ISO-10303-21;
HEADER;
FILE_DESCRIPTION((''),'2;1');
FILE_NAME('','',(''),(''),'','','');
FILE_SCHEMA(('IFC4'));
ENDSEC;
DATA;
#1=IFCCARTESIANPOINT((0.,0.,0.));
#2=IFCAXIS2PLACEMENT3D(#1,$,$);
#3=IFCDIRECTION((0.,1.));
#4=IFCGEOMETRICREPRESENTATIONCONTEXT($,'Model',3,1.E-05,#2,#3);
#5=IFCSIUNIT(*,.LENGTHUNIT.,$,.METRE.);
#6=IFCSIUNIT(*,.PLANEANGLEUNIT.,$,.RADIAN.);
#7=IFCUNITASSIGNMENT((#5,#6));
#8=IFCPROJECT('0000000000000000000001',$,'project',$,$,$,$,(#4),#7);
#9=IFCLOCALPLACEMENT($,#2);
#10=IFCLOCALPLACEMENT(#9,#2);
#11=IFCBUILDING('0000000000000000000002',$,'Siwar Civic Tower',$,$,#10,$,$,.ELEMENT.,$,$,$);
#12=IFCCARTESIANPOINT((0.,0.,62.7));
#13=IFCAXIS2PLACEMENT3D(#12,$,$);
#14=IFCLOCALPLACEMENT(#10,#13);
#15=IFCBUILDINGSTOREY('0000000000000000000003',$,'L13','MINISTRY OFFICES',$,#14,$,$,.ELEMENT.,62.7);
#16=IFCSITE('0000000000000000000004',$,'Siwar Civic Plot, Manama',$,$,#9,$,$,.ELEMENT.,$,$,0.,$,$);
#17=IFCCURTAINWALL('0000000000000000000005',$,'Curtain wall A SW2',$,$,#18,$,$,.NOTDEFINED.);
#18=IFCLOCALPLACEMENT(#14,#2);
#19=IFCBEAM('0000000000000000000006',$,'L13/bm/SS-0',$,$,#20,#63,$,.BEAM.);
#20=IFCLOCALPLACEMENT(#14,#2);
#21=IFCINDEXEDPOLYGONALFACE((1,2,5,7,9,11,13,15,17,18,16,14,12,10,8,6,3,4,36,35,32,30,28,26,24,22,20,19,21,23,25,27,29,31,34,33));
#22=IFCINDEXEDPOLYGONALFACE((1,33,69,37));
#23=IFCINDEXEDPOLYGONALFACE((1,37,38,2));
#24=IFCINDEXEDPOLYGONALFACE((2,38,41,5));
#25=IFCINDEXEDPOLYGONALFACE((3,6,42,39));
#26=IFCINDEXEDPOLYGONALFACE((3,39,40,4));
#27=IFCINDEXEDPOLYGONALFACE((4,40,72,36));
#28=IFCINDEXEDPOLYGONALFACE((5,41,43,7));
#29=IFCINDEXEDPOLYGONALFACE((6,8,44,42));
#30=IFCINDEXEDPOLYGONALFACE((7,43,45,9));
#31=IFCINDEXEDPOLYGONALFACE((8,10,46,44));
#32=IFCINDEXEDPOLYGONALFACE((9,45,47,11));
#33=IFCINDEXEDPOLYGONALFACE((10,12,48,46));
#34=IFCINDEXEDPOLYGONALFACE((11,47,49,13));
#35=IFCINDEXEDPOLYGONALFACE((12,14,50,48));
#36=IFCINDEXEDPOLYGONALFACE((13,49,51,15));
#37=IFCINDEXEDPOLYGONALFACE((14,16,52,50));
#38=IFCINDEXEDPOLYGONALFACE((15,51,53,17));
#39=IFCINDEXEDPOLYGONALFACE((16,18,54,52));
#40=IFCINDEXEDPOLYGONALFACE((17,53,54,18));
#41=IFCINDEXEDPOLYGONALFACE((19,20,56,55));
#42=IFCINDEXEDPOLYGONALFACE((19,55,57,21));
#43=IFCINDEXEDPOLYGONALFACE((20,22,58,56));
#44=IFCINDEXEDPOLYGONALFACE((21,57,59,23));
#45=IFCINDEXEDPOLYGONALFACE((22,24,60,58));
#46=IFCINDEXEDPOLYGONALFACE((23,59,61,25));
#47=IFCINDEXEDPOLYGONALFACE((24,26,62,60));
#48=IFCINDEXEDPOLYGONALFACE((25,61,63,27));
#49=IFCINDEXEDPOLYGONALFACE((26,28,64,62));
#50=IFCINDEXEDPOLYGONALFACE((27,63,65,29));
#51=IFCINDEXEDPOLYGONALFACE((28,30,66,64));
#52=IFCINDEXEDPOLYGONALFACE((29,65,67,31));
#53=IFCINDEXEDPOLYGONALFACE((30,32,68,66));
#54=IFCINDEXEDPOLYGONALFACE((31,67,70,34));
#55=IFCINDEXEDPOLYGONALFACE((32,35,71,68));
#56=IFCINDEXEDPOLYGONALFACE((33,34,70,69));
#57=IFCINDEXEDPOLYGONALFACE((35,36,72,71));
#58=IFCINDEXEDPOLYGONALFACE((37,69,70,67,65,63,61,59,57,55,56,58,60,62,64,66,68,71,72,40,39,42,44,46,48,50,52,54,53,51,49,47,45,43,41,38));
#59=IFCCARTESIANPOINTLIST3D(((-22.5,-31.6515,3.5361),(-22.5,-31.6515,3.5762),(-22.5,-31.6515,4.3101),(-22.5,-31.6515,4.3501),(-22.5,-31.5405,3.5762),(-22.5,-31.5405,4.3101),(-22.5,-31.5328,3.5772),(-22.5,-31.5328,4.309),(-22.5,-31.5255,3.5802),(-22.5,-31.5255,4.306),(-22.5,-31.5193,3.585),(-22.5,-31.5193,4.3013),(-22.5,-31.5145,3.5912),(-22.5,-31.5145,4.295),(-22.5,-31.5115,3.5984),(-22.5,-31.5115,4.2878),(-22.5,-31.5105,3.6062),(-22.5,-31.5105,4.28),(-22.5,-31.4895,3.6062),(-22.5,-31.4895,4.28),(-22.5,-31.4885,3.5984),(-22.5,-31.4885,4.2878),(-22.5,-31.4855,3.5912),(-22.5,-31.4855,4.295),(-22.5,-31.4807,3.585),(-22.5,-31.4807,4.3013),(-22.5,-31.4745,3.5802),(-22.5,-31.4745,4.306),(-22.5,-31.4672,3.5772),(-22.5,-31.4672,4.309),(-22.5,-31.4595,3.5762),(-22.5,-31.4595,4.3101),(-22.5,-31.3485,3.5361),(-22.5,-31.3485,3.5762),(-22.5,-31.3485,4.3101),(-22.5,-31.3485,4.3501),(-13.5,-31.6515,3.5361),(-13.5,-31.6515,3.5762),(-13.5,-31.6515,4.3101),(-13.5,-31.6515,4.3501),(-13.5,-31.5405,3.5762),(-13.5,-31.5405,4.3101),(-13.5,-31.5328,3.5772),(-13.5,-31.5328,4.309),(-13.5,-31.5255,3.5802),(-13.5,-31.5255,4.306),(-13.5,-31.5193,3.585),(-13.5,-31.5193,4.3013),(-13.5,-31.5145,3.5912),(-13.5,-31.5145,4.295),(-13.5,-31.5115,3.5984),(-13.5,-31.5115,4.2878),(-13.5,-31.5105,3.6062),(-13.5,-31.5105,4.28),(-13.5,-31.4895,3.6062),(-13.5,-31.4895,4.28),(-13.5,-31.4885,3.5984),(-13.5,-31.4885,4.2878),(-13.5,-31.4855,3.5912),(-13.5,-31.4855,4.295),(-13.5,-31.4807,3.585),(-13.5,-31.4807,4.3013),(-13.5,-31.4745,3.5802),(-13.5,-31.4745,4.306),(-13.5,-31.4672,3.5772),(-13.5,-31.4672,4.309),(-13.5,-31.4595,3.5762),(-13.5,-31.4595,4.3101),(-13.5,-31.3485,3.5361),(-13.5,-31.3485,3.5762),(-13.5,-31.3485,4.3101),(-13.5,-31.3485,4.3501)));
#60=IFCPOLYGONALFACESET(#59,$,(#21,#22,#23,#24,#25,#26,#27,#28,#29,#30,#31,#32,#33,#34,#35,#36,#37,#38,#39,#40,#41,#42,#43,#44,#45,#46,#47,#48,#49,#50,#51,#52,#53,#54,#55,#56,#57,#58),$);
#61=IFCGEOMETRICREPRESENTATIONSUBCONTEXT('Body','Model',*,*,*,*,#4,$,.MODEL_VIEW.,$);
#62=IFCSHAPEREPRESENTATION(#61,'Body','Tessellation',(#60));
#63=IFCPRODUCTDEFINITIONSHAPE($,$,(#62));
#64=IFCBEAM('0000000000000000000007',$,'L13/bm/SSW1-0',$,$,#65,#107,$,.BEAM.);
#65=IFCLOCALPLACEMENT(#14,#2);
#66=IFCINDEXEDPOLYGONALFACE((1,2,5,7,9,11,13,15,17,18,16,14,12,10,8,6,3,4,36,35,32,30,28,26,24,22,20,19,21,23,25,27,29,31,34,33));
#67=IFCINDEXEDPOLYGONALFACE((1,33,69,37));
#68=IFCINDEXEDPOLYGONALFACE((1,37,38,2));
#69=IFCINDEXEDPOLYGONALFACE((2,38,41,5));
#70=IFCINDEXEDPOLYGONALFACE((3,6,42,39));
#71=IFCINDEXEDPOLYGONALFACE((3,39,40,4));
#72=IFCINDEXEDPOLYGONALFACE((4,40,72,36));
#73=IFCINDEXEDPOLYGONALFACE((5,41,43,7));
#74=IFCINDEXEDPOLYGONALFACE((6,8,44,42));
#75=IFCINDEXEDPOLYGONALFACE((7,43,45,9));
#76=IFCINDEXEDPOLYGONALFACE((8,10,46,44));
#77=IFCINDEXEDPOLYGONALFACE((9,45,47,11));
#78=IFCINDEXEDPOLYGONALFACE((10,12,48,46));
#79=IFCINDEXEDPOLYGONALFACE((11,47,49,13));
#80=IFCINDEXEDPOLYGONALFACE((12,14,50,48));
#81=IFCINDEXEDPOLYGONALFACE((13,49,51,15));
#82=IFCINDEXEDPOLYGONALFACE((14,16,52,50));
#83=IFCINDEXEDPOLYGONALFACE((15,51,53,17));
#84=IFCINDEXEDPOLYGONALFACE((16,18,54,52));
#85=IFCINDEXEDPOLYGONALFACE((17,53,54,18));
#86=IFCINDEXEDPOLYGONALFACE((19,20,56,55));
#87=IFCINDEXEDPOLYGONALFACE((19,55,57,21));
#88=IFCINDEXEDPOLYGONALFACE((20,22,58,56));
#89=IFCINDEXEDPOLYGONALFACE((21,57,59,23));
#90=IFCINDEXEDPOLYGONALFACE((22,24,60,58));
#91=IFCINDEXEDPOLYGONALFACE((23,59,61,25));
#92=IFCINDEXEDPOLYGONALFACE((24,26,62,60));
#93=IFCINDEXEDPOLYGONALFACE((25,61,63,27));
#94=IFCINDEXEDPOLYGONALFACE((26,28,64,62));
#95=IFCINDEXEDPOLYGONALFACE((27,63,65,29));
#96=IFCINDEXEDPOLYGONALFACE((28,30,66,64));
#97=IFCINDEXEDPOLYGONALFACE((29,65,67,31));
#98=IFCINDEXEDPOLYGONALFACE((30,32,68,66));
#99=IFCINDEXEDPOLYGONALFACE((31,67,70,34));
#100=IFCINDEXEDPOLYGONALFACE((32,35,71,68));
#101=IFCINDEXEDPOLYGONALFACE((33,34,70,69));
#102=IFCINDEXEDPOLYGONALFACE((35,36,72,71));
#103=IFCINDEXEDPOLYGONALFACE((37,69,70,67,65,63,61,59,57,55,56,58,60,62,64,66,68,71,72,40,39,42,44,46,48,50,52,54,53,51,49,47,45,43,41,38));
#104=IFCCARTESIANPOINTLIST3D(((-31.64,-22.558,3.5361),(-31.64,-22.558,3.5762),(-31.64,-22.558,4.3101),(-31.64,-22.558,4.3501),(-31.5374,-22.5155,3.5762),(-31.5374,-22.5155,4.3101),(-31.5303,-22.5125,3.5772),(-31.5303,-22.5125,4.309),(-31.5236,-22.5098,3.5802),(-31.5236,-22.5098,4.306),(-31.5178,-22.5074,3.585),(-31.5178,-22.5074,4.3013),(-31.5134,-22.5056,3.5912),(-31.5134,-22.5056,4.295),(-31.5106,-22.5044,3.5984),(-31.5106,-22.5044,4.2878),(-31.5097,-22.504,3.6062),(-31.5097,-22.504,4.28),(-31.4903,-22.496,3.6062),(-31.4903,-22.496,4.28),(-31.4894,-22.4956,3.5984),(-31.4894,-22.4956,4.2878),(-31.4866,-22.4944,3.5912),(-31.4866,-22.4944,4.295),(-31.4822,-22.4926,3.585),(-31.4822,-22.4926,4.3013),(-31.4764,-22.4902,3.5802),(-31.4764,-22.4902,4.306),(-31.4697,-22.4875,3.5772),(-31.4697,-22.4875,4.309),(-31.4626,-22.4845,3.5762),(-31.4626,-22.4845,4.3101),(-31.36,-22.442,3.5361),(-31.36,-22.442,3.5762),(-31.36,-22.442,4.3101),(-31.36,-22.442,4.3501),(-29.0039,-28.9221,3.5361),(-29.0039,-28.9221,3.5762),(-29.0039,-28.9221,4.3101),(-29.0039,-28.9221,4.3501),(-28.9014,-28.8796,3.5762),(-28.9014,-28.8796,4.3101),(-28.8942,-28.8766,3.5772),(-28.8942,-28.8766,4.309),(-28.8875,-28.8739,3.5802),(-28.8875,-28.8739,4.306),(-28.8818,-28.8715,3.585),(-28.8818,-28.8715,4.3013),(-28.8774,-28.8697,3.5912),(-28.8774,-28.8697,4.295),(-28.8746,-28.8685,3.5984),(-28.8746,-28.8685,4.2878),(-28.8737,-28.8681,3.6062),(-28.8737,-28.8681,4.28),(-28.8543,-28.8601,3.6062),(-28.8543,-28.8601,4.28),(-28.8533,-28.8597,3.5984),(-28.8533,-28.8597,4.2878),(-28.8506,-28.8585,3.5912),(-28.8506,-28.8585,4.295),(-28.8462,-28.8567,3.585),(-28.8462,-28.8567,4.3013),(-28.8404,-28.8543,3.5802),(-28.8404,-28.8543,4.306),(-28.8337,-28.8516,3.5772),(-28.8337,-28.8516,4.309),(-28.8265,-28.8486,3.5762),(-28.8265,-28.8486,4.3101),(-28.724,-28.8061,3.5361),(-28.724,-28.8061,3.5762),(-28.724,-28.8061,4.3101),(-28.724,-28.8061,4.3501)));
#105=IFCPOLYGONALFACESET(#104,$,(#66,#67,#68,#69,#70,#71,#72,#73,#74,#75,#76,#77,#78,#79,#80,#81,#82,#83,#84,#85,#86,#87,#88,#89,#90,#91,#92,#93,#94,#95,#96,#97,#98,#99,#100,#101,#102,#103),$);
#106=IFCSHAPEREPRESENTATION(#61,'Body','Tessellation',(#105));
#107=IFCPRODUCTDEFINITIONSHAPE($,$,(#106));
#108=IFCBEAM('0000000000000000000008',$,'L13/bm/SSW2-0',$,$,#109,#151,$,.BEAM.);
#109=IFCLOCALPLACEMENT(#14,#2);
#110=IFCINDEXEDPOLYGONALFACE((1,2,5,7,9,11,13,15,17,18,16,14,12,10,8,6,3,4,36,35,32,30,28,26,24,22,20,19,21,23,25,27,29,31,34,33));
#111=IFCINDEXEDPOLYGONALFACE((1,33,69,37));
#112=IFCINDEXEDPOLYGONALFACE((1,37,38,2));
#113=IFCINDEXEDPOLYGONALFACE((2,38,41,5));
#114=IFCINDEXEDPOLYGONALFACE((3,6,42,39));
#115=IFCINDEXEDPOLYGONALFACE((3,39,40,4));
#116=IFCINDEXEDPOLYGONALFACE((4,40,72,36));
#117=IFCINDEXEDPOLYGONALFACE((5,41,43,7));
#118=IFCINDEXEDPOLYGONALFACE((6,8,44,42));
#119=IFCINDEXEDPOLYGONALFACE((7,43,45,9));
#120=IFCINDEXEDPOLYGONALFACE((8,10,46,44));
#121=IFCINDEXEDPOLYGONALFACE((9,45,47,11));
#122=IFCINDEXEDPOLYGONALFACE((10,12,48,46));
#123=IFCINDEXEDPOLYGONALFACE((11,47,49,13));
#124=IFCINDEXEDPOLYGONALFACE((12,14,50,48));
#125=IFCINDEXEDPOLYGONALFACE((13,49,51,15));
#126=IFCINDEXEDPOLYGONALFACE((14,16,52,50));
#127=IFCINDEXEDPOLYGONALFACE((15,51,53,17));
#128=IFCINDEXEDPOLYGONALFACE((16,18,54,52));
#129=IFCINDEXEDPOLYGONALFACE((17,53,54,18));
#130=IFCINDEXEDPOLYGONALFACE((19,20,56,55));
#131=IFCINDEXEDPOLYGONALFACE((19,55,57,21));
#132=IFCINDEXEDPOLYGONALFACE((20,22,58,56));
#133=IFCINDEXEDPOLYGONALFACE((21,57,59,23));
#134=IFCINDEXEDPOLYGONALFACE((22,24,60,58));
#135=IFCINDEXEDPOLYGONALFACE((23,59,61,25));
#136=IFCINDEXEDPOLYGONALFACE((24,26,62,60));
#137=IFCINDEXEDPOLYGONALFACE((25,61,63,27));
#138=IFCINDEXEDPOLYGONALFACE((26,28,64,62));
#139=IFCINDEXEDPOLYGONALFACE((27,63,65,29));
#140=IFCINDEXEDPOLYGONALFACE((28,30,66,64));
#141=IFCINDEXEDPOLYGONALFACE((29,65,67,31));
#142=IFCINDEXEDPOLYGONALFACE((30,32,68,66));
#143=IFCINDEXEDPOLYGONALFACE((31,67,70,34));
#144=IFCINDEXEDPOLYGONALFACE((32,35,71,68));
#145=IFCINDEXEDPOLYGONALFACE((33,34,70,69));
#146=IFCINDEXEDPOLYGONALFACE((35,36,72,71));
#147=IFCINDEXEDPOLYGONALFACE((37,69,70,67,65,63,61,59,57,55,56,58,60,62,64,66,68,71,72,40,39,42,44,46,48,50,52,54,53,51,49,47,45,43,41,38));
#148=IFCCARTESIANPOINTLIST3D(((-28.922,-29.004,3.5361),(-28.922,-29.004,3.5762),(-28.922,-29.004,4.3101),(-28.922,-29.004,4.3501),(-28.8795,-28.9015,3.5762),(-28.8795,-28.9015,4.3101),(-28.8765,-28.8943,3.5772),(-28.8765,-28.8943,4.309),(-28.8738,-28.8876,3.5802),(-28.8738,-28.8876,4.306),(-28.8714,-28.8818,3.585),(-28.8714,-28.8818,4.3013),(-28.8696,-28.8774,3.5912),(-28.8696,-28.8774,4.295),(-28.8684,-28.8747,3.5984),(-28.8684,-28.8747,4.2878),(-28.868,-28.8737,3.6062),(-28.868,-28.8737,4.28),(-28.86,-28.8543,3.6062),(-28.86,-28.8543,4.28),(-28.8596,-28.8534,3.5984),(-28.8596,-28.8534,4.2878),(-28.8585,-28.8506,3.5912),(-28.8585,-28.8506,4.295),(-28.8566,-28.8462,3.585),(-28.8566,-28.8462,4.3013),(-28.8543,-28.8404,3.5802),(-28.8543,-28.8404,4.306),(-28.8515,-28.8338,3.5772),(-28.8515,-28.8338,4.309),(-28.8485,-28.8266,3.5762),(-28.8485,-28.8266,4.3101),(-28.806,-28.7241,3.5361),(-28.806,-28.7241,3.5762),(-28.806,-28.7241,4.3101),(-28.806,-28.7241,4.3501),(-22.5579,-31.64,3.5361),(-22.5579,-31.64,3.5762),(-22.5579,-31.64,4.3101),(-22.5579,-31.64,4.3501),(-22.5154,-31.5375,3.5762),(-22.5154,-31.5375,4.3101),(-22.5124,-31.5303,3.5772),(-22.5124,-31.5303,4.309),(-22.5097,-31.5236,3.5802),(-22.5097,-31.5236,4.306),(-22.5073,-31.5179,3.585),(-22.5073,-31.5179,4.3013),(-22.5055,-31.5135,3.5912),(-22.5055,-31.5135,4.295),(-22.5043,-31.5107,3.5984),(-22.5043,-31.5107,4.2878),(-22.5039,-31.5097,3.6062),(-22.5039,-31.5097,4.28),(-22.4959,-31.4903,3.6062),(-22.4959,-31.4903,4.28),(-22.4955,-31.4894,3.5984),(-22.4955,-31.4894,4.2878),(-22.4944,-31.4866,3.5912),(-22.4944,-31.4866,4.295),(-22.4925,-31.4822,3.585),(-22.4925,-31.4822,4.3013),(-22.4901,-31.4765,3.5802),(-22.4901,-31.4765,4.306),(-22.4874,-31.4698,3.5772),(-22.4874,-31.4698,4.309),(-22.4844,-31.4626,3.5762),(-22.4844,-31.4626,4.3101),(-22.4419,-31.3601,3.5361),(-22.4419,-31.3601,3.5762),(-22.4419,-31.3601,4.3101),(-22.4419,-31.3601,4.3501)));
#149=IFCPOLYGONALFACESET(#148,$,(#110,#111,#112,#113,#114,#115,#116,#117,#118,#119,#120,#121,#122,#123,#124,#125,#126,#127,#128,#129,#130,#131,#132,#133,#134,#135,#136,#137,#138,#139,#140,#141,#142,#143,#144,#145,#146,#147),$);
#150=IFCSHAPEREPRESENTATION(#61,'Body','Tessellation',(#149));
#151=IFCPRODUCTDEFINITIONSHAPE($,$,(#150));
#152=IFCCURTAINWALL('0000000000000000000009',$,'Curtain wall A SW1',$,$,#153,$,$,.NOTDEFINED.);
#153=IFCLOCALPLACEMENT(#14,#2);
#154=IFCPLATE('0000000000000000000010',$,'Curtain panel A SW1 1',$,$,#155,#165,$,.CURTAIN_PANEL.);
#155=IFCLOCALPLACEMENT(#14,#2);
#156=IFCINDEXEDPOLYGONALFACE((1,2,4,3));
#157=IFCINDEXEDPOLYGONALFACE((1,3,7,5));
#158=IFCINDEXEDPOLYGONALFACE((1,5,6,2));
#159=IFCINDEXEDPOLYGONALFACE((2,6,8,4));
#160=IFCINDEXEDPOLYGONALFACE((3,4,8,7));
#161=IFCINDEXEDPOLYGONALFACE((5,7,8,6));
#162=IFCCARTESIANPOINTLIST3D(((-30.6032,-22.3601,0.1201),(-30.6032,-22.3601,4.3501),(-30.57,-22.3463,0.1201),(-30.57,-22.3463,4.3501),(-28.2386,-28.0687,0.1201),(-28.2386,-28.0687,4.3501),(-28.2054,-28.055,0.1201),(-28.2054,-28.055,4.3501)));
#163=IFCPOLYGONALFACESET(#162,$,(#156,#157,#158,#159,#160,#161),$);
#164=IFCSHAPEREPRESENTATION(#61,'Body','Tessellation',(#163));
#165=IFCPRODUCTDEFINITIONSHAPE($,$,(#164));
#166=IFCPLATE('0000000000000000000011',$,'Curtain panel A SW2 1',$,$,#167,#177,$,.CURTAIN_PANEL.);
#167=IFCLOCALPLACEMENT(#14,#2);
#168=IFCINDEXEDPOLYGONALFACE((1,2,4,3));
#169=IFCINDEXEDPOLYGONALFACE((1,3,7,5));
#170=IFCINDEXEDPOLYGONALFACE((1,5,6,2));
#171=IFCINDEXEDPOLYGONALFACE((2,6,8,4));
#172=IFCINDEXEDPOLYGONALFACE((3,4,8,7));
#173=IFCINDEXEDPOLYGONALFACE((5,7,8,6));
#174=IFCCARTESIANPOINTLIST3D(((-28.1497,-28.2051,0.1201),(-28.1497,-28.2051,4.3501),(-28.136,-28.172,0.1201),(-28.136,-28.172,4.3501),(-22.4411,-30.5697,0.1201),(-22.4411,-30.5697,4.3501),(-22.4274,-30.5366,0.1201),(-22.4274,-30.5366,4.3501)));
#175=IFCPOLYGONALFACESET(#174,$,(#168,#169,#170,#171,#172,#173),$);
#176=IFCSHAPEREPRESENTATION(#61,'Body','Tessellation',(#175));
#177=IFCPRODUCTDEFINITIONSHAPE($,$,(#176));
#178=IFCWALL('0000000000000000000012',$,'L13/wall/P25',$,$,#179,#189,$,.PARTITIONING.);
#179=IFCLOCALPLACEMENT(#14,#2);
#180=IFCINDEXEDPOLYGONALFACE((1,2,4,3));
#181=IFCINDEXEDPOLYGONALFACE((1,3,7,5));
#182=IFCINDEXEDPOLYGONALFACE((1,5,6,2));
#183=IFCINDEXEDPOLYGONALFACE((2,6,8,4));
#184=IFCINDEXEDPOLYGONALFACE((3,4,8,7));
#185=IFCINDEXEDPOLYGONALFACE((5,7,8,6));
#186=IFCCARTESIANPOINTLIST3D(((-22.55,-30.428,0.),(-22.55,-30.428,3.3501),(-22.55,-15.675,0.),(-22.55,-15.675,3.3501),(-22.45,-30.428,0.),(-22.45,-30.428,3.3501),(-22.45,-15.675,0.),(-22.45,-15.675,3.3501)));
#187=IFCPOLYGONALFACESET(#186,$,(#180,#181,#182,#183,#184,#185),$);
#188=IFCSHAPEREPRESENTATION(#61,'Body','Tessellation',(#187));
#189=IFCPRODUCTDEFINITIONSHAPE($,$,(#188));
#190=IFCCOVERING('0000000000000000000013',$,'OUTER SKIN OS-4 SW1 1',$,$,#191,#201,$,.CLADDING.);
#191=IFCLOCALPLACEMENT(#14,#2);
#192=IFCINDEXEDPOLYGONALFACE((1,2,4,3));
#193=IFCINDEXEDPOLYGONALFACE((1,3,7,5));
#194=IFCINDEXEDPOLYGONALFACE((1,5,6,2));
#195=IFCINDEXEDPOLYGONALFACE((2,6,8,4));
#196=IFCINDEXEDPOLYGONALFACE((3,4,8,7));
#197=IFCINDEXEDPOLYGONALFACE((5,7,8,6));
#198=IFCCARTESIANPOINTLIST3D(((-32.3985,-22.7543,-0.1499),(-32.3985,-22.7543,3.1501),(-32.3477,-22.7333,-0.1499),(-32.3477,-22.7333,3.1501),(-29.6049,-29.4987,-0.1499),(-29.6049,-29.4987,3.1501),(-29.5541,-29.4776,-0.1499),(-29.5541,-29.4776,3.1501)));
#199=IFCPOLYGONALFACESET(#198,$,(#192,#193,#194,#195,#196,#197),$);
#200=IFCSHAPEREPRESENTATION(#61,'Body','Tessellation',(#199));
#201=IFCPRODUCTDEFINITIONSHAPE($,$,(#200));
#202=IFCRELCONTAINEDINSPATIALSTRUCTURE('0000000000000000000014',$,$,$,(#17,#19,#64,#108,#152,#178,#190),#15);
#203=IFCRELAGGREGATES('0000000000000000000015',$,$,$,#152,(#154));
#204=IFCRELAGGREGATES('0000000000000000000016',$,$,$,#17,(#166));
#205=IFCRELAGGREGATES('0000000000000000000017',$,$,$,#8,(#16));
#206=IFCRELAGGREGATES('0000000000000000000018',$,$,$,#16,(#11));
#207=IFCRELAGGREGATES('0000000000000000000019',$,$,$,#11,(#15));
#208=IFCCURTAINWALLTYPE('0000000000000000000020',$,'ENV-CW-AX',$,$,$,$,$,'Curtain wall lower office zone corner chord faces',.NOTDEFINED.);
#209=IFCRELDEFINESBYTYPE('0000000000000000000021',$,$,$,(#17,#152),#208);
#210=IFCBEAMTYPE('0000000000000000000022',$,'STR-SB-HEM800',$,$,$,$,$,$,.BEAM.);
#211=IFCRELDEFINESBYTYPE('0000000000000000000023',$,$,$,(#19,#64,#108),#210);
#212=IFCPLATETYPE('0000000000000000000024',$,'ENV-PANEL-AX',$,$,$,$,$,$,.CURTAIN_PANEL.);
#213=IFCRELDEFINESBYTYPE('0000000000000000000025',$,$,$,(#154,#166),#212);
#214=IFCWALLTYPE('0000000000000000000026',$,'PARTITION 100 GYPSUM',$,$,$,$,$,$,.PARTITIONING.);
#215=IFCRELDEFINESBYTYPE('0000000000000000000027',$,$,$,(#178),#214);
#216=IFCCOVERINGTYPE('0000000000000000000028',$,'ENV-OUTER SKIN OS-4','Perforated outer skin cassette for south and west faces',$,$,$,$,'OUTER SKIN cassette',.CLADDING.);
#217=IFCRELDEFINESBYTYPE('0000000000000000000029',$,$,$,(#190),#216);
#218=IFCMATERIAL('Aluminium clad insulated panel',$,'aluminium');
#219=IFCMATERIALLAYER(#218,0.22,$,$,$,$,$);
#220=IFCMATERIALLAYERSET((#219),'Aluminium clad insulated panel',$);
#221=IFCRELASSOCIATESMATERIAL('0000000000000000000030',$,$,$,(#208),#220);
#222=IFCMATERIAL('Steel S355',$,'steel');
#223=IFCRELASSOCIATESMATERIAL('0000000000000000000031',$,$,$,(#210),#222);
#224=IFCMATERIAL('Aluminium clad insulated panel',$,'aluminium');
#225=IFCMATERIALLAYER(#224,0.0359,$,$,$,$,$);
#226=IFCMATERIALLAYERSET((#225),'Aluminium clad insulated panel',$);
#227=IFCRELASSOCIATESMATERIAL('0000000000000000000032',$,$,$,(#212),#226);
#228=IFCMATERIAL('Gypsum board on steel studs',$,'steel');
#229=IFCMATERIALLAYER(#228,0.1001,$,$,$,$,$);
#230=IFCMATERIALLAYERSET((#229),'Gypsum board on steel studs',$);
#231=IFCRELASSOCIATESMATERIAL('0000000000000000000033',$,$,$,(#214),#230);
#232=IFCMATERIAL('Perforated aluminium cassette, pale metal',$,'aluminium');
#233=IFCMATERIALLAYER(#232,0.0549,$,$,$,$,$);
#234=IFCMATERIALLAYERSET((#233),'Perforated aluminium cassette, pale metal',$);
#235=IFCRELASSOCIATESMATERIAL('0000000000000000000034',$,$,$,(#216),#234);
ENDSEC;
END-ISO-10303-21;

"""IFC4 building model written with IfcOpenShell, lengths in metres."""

from ifc_helpers import new_model, si_unit, direction, frame, frame_2d, origin, origin_2d, place, context, subcontext, project, spatial, rectangle, i_section, extrude, material, layer, layer_set, material_profile, profile_set, type_object, element, aggregate, save


model = new_model("IFC4")

# Units and contexts
model_context = context("Model", 3, precision=1e-05, world=origin(), true_north=direction((0.0, 1.0)))
body_context = subcontext(model_context, "Body", "Model", "MODEL_VIEW")
ifc_project = project(units=[si_unit("LENGTHUNIT", "METRE"), si_unit("PLANEANGLEUNIT", "RADIAN")], contexts=[model_context])

# Site, building, storey
site_placement = place(None, origin())
site = spatial("IfcSite", under=ifc_project, at=site_placement, Name="Siwar Civic Plot, Manama", CompositionType="ELEMENT", RefElevation=0.0)
building_placement = place(site_placement, origin())
building = spatial("IfcBuilding", under=site, at=building_placement, Name="Siwar Civic Tower", CompositionType="ELEMENT")
storey_placement = place(building_placement, frame((0.0, 0.0, 62.7)))
storey = spatial("IfcBuildingStorey", under=building, at=storey_placement, Name="L13", Description="MINISTRY OFFICES", CompositionType="ELEMENT", Elevation=62.7)

# Curtain wall
ifc_material_1 = material(Name="Aluminium clad insulated panel", Category="aluminium")
ifc_layer_1 = layer(ifc_material_1, 0.22)
ifc_layer_set_1 = layer_set([ifc_layer_1], Name="Aluminium clad insulated panel")
curtain_wall_type_1 = type_object("IfcCurtainWallType", Name="ENV-CW-AX", ElementType="Curtain wall lower office zone corner chord faces", PredefinedType="NOTDEFINED", material=ifc_layer_set_1)
curtain_wall_1_placement = place(storey_placement, origin())
curtain_wall_1 = element("IfcCurtainWall", 1, at=curtain_wall_1_placement, inside=storey, type_object=curtain_wall_type_1, Name="Curtain wall A SW2", PredefinedType="NOTDEFINED")

# Beams
ifc_material_2 = material(Name="Steel S355", Category="steel")
ifc_material_profile_1 = material_profile(ifc_material_2, i_section(OverallWidth=0.303, OverallDepth=0.814, WebThickness=0.021, FlangeThickness=0.04, FilletRadius=0.03, at=origin_2d()), Name="HEM800")
ifc_profile_set_1 = profile_set([ifc_material_profile_1], Name="Steel S355")
beam_type_1 = type_object("IfcBeamType", Name="STR-SB-HEM800", PredefinedType="BEAM", material=ifc_profile_set_1)
beam_1_placement = place(storey_placement, frame((-22.5, -31.5, 3.9431), z_axis=(1.0, 0.0, 0.0), x_axis=(0.0, 1.0, 0.0)))
element("IfcBeam", 2, at=beam_1_placement, inside=storey, type_object=beam_type_1, Name="L13/bm/SS-0", PredefinedType="BEAM", context=body_context, shape_type="SweptSolid", body=[
    extrude(i_section(OverallWidth=0.303, OverallDepth=0.814, WebThickness=0.021, FlangeThickness=0.04, FilletRadius=0.03, at=origin_2d()), origin(), (0.0, 0.0, 1.0), 9.0),
])
for number, where, z_axis, x_axis, name in (
    (3, (-31.5, -22.5, 3.9431), (0.382674, -0.923883, 0.0), (0.923883, 0.382674, 0.0), "L13/bm/SSW1-0"),
    (4, (-28.864, -28.864, 3.9431), (0.923883, -0.382674, 0.0), (0.382674, 0.923883, 0.0), "L13/bm/SSW2-0"),
):
    element("IfcBeam", number, at=place(storey_placement, frame(where, z_axis=z_axis, x_axis=x_axis)), inside=storey, type_object=beam_type_1, Name=name, PredefinedType="BEAM", context=body_context, shape_type="SweptSolid", body=[
        extrude(i_section(OverallWidth=0.303, OverallDepth=0.814, WebThickness=0.021, FlangeThickness=0.04, FilletRadius=0.03, at=origin_2d()), origin(), (0.0, 0.0, 1.0), 6.8884),
    ])

# Curtain wall, plate
curtain_wall_2_placement = place(storey_placement, origin())
curtain_wall_2 = element("IfcCurtainWall", 5, at=curtain_wall_2_placement, inside=storey, type_object=curtain_wall_type_1, Name="Curtain wall A SW1", PredefinedType="NOTDEFINED")
ifc_material_3 = material(Name="Aluminium clad insulated panel", Category="aluminium")
ifc_layer_2 = layer(ifc_material_3, 0.0359)
ifc_layer_set_2 = layer_set([ifc_layer_2], Name="Aluminium clad insulated panel")
plate_type = type_object("IfcPlateType", Name="ENV-PANEL-AX", PredefinedType="CURTAIN_PANEL", material=ifc_layer_set_2)
plate_1_placement = place(storey_placement, frame((-29.4043, -25.2075, 0.1201), z_axis=(0.0, 0.0, 1.0), x_axis=(0.382683, -0.92388, 0.0)))
plate_1 = element("IfcPlate", 6, at=plate_1_placement, type_object=plate_type, Name="Curtain panel A SW1 1", PredefinedType="CURTAIN_PANEL", context=body_context, shape_type="SweptSolid", body=[
    extrude(rectangle(XDim=6.179, YDim=0.0359, at=origin_2d()), origin(), (0.0, 0.0, 1.0), 4.23),
])
aggregate(curtain_wall_2, [plate_1])

# Plate
plate_2_placement = place(storey_placement, frame((-25.2886, -29.3708, 0.1201), z_axis=(0.0, 0.0, 1.0), x_axis=(0.92388, -0.382683, 0.0)))
plate_2 = element("IfcPlate", 7, at=plate_2_placement, type_object=plate_type, Name="Curtain panel A SW2 1", PredefinedType="CURTAIN_PANEL", context=body_context, shape_type="SweptSolid", body=[
    extrude(rectangle(XDim=6.179, YDim=0.0359, at=origin_2d()), origin(), (0.0, 0.0, 1.0), 4.23),
])
aggregate(curtain_wall_1, [plate_2])

# Wall
ifc_material_4 = material(Name="Gypsum board on steel studs", Category="steel")
ifc_layer_3 = layer(ifc_material_4, 0.1001)
ifc_layer_set_3 = layer_set([ifc_layer_3], Name="Gypsum board on steel studs")
wall_type = type_object("IfcWallType", Name="PARTITION 100 GYPSUM", PredefinedType="PARTITIONING", material=ifc_layer_set_3)
wall_placement = place(storey_placement, frame((-22.5, -30.428, 0.0), z_axis=(0.0, 0.0, 1.0), x_axis=(0.0, 1.0, 0.0)))
element("IfcWall", 8, at=wall_placement, inside=storey, type_object=wall_type, Name="L13/wall/P25", PredefinedType="PARTITIONING", context=body_context, shape_type="SweptSolid", body=[
    extrude(rectangle(XDim=14.7529, YDim=0.1001, at=frame_2d((7.3765, 0.0))), origin(), (0.0, 0.0, 1.0), 3.3501),
])

# Covering
ifc_material_5 = material(Name="Perforated aluminium cassette, pale metal", Category="aluminium")
ifc_layer_4 = layer(ifc_material_5, 0.0549)
ifc_layer_set_4 = layer_set([ifc_layer_4], Name="Perforated aluminium cassette, pale metal")
covering_type = type_object("IfcCoveringType", Name="ENV-OUTER SKIN OS-4", Description="Perforated outer skin cassette for south and west faces", ElementType="OUTER SKIN cassette", PredefinedType="CLADDING", material=ifc_layer_set_4)
for number, where, z_axis, x_axis, name in (
    (9, (-30.9763, -26.116, -0.1499), (0.0, 0.0, 1.0), (0.382683, -0.92388, 0.0), "OUTER SKIN OS-4 SW1 1"),
):
    element("IfcCovering", number, at=place(storey_placement, frame(where, z_axis=z_axis, x_axis=x_axis)), inside=storey, type_object=covering_type, Name=name, PredefinedType="CLADDING", context=body_context, shape_type="SweptSolid", body=[
        extrude(rectangle(XDim=7.3, YDim=0.0549, at=origin_2d()), origin(), (0.0, 0.0, 1.0), 3.3),
    ])

save(model, "model.ifc")
